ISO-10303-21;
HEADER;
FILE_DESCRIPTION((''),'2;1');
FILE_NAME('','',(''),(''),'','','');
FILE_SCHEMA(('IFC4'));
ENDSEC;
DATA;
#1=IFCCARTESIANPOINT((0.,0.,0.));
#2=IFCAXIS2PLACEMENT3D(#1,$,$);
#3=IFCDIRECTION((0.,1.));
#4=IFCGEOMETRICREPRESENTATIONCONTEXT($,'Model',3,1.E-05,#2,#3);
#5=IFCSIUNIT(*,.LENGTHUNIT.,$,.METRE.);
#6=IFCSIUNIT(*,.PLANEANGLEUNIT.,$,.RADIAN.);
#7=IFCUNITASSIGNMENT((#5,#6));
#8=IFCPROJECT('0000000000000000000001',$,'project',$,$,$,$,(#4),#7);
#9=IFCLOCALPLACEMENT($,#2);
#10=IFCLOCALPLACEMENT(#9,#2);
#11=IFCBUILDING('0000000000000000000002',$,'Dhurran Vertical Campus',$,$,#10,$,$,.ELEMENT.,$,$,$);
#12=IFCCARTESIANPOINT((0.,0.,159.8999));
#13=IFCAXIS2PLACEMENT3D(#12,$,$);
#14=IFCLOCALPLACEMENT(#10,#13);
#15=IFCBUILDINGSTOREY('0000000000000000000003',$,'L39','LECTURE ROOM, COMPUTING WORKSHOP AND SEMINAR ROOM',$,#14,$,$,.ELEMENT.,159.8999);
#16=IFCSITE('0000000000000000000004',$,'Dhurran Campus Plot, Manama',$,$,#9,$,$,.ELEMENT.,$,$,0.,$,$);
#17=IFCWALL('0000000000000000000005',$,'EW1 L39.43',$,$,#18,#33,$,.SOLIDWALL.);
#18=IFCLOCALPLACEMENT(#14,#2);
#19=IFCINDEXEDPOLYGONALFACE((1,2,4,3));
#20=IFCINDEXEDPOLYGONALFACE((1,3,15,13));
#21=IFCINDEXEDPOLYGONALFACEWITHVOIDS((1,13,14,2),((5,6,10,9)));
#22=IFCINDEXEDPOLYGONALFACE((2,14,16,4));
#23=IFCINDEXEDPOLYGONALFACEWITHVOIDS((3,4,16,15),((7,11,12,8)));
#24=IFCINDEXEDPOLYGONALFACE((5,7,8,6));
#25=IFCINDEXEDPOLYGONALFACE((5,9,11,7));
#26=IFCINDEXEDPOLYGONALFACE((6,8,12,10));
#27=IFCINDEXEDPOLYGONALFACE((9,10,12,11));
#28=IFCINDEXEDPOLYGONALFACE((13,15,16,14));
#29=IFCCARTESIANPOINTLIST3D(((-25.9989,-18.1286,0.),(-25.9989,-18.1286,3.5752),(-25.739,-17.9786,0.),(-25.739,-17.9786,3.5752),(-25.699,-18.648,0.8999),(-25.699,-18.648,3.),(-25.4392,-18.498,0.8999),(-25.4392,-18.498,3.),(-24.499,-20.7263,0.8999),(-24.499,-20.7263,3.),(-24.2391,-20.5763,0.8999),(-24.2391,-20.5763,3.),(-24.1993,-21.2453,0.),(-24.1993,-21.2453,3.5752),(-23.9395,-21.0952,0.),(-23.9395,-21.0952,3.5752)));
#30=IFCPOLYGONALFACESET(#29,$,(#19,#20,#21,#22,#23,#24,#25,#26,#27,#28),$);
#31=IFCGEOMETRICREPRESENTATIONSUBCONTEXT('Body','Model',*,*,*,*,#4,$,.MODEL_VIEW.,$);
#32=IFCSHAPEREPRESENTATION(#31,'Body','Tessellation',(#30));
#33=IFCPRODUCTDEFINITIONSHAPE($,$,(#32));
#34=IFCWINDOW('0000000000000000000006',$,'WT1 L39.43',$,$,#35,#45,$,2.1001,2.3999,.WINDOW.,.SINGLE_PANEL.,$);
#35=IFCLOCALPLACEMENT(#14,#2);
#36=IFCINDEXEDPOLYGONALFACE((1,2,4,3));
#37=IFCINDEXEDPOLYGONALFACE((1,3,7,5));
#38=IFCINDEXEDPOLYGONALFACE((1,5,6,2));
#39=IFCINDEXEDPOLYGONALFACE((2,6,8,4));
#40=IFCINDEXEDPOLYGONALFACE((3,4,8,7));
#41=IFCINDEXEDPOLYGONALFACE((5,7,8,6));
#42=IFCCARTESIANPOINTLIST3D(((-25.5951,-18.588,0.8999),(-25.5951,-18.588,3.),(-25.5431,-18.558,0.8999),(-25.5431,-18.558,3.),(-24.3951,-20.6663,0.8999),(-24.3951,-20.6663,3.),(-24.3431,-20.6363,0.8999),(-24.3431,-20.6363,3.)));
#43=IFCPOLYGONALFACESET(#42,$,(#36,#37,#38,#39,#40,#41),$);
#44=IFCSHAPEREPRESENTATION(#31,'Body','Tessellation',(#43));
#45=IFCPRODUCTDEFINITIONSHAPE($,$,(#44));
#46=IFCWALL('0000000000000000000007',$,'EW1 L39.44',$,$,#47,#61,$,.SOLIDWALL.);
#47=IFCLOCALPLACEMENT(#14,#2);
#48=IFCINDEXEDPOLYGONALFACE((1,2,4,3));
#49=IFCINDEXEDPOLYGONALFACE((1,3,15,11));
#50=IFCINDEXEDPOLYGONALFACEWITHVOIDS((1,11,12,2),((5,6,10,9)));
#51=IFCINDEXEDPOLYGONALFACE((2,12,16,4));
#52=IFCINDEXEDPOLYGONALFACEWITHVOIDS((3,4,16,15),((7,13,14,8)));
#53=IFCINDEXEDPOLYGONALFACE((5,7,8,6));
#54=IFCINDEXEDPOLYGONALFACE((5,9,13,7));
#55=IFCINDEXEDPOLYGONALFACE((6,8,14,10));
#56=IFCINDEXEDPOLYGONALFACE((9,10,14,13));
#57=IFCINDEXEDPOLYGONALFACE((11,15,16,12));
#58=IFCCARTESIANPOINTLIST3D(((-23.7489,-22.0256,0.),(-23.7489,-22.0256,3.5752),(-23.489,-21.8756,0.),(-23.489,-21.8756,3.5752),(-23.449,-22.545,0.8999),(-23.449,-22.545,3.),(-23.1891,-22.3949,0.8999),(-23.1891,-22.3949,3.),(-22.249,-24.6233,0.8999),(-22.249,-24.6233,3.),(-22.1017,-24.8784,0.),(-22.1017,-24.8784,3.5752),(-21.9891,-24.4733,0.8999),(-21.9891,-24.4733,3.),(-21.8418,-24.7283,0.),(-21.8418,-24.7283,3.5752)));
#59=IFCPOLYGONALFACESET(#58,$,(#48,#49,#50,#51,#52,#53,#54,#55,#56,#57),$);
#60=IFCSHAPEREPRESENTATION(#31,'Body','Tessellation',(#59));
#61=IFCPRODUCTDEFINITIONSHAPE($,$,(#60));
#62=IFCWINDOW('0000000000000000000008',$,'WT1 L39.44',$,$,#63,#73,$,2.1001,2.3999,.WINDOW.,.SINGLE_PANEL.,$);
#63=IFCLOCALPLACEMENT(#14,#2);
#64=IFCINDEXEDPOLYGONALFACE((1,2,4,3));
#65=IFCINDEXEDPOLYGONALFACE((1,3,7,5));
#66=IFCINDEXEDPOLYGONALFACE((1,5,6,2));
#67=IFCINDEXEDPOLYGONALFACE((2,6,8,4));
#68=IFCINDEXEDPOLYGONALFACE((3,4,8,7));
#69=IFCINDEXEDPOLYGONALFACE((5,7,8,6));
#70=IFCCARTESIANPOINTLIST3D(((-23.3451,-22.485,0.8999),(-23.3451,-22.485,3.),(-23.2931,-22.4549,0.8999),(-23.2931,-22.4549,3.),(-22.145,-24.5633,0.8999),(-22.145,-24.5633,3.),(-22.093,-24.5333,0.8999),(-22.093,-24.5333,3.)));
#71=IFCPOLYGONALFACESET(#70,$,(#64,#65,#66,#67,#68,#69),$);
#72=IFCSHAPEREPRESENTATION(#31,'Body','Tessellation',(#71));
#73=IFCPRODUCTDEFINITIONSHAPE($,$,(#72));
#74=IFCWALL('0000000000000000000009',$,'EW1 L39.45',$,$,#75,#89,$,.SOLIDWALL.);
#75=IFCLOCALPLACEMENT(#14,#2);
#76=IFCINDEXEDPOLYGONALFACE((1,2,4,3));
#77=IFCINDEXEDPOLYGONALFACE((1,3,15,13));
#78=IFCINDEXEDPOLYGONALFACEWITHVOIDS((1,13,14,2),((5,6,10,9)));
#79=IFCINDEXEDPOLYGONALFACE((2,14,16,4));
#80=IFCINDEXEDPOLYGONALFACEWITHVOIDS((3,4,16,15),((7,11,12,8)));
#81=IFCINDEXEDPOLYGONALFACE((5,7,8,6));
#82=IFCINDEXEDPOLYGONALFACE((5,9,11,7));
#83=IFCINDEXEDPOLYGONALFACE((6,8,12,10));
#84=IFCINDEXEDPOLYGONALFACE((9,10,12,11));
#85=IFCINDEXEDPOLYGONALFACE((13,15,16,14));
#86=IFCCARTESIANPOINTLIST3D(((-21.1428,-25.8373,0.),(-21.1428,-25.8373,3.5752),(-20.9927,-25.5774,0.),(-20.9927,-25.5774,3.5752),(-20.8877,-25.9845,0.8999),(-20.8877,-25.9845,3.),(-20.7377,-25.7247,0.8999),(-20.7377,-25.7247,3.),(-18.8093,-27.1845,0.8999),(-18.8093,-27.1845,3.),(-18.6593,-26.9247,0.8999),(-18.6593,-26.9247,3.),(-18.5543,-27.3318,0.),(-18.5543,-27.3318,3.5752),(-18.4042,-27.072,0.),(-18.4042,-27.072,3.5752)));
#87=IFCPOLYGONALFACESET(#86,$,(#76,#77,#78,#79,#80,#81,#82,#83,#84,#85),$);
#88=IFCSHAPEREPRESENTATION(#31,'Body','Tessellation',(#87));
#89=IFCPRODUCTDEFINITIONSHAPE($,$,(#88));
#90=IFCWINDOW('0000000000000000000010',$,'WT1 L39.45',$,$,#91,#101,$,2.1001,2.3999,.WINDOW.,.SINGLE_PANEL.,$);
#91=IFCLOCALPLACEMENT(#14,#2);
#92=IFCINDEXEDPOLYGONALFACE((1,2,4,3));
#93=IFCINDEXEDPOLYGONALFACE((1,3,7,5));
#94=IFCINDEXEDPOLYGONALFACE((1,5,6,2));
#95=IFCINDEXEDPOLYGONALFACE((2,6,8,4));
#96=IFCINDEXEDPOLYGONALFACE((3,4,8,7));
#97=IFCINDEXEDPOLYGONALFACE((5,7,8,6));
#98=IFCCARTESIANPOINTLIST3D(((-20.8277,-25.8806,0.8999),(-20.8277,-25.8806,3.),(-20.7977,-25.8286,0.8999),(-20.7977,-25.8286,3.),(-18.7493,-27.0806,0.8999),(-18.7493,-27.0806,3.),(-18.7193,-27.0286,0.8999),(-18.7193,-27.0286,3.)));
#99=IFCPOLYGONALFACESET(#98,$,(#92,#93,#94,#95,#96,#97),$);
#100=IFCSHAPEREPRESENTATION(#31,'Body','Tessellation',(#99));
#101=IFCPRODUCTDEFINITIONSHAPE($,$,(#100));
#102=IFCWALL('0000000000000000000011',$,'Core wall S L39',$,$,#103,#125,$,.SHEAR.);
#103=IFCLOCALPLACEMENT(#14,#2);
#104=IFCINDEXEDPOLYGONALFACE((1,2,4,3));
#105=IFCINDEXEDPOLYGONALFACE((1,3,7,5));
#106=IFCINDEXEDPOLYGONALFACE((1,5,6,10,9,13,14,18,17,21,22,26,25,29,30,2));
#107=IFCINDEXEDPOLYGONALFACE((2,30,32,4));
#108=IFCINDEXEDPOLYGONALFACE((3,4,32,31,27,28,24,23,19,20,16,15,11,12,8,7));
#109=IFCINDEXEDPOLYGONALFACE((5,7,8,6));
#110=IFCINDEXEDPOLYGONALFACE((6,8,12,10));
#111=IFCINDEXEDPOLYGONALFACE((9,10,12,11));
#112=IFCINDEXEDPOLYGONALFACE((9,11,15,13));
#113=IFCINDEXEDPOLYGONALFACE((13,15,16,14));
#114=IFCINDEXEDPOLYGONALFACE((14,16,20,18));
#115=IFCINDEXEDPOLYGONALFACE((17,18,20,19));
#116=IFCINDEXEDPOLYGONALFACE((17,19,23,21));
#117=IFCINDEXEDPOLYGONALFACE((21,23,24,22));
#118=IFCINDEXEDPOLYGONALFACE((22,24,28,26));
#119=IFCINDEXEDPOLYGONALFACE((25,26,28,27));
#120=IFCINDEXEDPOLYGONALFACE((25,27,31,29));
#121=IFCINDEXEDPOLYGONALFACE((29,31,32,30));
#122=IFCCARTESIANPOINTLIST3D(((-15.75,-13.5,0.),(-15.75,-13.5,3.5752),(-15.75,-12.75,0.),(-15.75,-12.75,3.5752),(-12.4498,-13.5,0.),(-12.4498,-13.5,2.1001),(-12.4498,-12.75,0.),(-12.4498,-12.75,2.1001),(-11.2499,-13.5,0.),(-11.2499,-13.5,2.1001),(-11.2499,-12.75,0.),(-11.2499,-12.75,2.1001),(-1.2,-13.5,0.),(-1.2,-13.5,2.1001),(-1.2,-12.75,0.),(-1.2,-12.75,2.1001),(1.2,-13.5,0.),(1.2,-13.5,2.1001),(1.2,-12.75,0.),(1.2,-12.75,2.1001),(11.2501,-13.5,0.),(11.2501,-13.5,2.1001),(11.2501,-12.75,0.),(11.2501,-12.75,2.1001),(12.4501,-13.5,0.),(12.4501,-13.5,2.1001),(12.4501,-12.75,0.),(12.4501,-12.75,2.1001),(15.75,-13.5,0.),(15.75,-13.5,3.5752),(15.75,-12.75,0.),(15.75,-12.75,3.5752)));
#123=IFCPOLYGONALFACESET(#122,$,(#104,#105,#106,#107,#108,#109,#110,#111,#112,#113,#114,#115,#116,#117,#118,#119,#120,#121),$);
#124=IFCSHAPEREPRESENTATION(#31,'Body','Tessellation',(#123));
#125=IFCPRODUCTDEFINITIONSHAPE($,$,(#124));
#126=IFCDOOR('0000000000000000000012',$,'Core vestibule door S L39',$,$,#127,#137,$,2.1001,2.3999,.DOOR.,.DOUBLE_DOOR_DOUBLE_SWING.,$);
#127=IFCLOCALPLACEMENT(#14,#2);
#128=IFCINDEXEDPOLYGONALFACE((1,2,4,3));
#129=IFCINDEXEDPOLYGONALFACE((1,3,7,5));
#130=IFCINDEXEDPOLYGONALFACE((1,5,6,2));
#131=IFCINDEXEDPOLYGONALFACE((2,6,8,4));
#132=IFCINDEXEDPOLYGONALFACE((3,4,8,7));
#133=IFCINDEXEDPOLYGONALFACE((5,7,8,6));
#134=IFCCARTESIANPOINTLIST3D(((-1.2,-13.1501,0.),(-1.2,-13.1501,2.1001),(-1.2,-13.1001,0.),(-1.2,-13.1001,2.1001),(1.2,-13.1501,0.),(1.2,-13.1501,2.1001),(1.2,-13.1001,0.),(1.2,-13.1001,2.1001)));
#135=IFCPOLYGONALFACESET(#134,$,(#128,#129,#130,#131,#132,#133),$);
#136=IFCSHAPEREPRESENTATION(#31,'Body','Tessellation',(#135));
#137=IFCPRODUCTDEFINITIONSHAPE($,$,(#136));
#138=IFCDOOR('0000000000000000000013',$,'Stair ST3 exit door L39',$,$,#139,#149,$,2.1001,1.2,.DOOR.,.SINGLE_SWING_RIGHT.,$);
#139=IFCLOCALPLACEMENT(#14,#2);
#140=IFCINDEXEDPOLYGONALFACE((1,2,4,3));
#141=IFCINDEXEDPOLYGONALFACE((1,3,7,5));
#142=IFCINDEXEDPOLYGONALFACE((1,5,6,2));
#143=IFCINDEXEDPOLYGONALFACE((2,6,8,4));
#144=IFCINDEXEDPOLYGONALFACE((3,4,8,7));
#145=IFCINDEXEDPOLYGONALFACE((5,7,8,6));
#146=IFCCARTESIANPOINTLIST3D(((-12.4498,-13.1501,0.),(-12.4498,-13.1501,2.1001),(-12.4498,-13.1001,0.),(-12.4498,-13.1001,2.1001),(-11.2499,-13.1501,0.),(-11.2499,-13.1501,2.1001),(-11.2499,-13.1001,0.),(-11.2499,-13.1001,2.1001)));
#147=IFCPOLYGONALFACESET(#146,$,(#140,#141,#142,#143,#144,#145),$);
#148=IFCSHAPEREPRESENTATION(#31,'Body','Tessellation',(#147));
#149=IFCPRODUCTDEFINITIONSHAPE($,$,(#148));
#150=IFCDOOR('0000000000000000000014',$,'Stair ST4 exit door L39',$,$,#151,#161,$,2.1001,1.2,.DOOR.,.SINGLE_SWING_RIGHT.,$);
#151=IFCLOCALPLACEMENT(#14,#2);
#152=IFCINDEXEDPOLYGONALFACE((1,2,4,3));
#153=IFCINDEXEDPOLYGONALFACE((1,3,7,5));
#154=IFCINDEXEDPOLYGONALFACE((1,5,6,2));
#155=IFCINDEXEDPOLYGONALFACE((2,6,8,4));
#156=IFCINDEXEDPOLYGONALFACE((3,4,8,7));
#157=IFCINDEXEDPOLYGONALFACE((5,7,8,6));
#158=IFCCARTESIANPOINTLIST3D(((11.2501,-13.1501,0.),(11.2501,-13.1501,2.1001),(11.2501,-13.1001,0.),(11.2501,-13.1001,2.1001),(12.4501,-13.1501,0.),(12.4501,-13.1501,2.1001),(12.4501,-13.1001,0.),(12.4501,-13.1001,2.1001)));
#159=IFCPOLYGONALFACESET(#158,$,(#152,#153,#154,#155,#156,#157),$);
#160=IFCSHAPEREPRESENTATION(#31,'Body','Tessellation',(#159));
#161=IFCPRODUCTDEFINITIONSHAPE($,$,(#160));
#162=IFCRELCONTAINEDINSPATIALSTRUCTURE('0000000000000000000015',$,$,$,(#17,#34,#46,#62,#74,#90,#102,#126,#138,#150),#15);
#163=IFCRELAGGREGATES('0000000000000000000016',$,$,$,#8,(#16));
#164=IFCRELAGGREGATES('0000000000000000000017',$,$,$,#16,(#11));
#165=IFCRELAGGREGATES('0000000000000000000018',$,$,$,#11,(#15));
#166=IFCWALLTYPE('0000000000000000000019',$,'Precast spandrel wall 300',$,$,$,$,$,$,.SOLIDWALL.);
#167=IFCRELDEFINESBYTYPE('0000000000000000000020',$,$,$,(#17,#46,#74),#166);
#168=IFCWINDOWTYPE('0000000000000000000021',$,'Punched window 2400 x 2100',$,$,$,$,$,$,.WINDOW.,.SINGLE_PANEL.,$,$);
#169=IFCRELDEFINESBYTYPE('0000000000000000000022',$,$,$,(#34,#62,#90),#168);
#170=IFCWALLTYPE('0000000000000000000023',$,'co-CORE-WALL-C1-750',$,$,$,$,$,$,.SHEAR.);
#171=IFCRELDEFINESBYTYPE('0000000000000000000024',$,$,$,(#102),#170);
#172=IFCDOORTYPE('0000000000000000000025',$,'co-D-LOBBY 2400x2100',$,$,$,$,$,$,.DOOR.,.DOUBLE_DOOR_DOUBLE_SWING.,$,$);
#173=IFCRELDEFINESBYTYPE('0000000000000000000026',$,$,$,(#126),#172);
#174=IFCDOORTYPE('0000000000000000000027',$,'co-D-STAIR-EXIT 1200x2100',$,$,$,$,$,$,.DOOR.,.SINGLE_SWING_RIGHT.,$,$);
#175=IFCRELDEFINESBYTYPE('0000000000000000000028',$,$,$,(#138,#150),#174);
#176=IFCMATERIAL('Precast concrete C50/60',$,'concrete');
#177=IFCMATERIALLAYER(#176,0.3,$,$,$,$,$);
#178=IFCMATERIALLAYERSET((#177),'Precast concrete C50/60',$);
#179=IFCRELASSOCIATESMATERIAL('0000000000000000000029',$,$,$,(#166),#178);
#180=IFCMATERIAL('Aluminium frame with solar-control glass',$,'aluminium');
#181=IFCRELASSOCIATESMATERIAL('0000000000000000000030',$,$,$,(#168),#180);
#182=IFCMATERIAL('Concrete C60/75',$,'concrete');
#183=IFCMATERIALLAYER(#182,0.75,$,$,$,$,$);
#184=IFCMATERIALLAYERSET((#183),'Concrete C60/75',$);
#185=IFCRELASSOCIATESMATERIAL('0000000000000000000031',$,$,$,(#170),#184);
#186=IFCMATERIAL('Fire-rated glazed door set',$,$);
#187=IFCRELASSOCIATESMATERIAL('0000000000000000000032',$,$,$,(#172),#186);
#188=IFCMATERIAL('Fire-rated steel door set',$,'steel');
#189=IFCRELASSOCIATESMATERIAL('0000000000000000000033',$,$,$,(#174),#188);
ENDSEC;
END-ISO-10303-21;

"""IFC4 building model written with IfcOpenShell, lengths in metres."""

from ifc_helpers import new_model, si_unit, direction, frame, frame_2d, origin, place, context, subcontext, project, spatial, rectangle, extrude, material, layer, layer_set, type_object, element, fill, save


model = new_model("IFC4")

# Units and contexts
model_context = context("Model", 3, precision=1e-05, world=origin(), true_north=direction((0.0, 1.0)))
body_context = subcontext(model_context, "Body", "Model", "MODEL_VIEW")
ifc_project = project(units=[si_unit("LENGTHUNIT", "METRE"), si_unit("PLANEANGLEUNIT", "RADIAN")], contexts=[model_context])

# Site, building, storey
site_placement = place(None, origin())
site = spatial("IfcSite", under=ifc_project, at=site_placement, Name="Dhurran Campus Plot, Manama", CompositionType="ELEMENT", RefElevation=0.0)
building_placement = place(site_placement, origin())
building = spatial("IfcBuilding", under=site, at=building_placement, Name="Dhurran Vertical Campus", CompositionType="ELEMENT")
storey_placement = place(building_placement, frame((0.0, 0.0, 159.8999)))
storey = spatial("IfcBuildingStorey", under=building, at=storey_placement, Name="L39", Description="LECTURE ROOM, COMPUTING WORKSHOP AND SEMINAR ROOM", CompositionType="ELEMENT", Elevation=159.8999)

# Walls, openings, windows
ifc_material_1 = material(Name="Precast concrete C50/60", Category="concrete")
ifc_layer_1 = layer(ifc_material_1, 0.3)
ifc_layer_set_1 = layer_set([ifc_layer_1], Name="Precast concrete C50/60")
wall_type_1 = type_object("IfcWallType", Name="Precast spandrel wall 300", PredefinedType="SOLIDWALL", material=ifc_layer_set_1)
ifc_material_2 = material(Name="Aluminium frame with solar-control glass", Category="aluminium")
window_type = type_object("IfcWindowType", Name="Punched window 2400 x 2100", PartitioningType="SINGLE_PANEL", PredefinedType="WINDOW", material=ifc_material_2)
wall_1_placement = place(storey_placement, frame((-25.8689, -18.0537, 0.0), z_axis=(0.0, 0.0, 1.0), x_axis=(0.500028, -0.866009, 0.0)))
wall_1 = element("IfcWall", 1, at=wall_1_placement, inside=storey, type_object=wall_type_1, Name="EW1 L39.43", PredefinedType="SOLIDWALL", context=body_context, shape_type="SweptSolid", body=[
    extrude(rectangle(XDim=3.5989, YDim=0.3, at=frame_2d((1.7993, 0.0))), origin(), (0.0, 0.0, 1.0), 3.5752),
])
opening_1_placement = place(wall_1_placement, frame((0.5996, 0.0, 0.8999)))
opening_1 = element("IfcOpeningElement", 2, at=opening_1_placement, cuts=wall_1, PredefinedType="OPENING", context=body_context, shape_type="SweptSolid", body=[
    extrude(rectangle(XDim=2.3999, YDim=2.1001, at=frame_2d((1.2, 1.05))), frame((0.0, 0.1599, 0.0), z_axis=(0.0, -1.0, 0.0), x_axis=(1.0, 0.0, 0.0)), (0.0, 0.0, 1.0), 0.3201),
])
window_1_placement = place(opening_1_placement, origin())
window_1 = element("IfcWindow", 3, at=window_1_placement, inside=storey, type_object=window_type, Name="WT1 L39.43", OverallHeight=2.1001, OverallWidth=2.3999, PartitioningType="SINGLE_PANEL", PredefinedType="WINDOW", context=body_context, shape_type="SweptSolid", body=[
    extrude(rectangle(XDim=2.3999, YDim=2.1001, at=frame_2d((1.2, 1.05))), frame((0.0, 0.03, 0.0), z_axis=(0.0, -1.0, 0.0), x_axis=(1.0, 0.0, 0.0)), (0.0, 0.0, 1.0), 0.0601),
])
fill(opening_1, window_1)
wall_2_placement = place(storey_placement, frame((-23.6189, -21.9507, 0.0), z_axis=(0.0, 0.0, 1.0), x_axis=(0.500037, -0.866004, 0.0)))
wall_2 = element("IfcWall", 4, at=wall_2_placement, inside=storey, type_object=wall_type_1, Name="EW1 L39.44", PredefinedType="SOLIDWALL", context=body_context, shape_type="SweptSolid", body=[
    extrude(rectangle(XDim=3.2942, YDim=0.3, at=frame_2d((1.647, 0.0))), origin(), (0.0, 0.0, 1.0), 3.5752),
])
opening_2_placement = place(wall_2_placement, frame((0.5996, 0.0, 0.8999)))
opening_2 = element("IfcOpeningElement", 5, at=opening_2_placement, cuts=wall_2, PredefinedType="OPENING", context=body_context, shape_type="SweptSolid", body=[
    extrude(rectangle(XDim=2.3999, YDim=2.1001, at=frame_2d((1.2, 1.05))), frame((0.0, 0.1599, 0.0), z_axis=(0.0, -1.0, 0.0), x_axis=(1.0, 0.0, 0.0)), (0.0, 0.0, 1.0), 0.3201),
])
window_2_placement = place(opening_2_placement, origin())
window_2 = element("IfcWindow", 6, at=window_2_placement, inside=storey, type_object=window_type, Name="WT1 L39.44", OverallHeight=2.1001, OverallWidth=2.3999, PartitioningType="SINGLE_PANEL", PredefinedType="WINDOW", context=body_context, shape_type="SweptSolid", body=[
    extrude(rectangle(XDim=2.3999, YDim=2.1001, at=frame_2d((1.2, 1.05))), frame((0.0, 0.03, 0.0), z_axis=(0.0, -1.0, 0.0), x_axis=(1.0, 0.0, 0.0)), (0.0, 0.0, 1.0), 0.0601),
])
fill(opening_2, window_2)
wall_3_placement = place(storey_placement, frame((-21.0679, -25.7073, 0.0), z_axis=(0.0, 0.0, 1.0), x_axis=(0.866013, -0.500022, 0.0)))
wall_3 = element("IfcWall", 7, at=wall_3_placement, inside=storey, type_object=wall_type_1, Name="EW1 L39.45", PredefinedType="SOLIDWALL", context=body_context, shape_type="SweptSolid", body=[
    extrude(rectangle(XDim=2.989, YDim=0.3, at=frame_2d((1.4946, 0.0))), origin(), (0.0, 0.0, 1.0), 3.5752),
])
opening_3_placement = place(wall_3_placement, frame((0.2947, 0.0, 0.8999)))
opening_3 = element("IfcOpeningElement", 8, at=opening_3_placement, cuts=wall_3, PredefinedType="OPENING", context=body_context, shape_type="SweptSolid", body=[
    extrude(rectangle(XDim=2.3999, YDim=2.1001, at=frame_2d((1.2, 1.05))), frame((0.0, 0.1599, 0.0), z_axis=(0.0, -1.0, 0.0), x_axis=(1.0, 0.0, 0.0)), (0.0, 0.0, 1.0), 0.3201),
])
window_3_placement = place(opening_3_placement, origin())
window_3 = element("IfcWindow", 9, at=window_3_placement, inside=storey, type_object=window_type, Name="WT1 L39.45", OverallHeight=2.1001, OverallWidth=2.3999, PartitioningType="SINGLE_PANEL", PredefinedType="WINDOW", context=body_context, shape_type="SweptSolid", body=[
    extrude(rectangle(XDim=2.3999, YDim=2.1001, at=frame_2d((1.2, 1.05))), frame((0.0, 0.03, 0.0), z_axis=(0.0, -1.0, 0.0), x_axis=(1.0, 0.0, 0.0)), (0.0, 0.0, 1.0), 0.0601),
])
fill(opening_3, window_3)

# Wall, openings, doors
ifc_material_3 = material(Name="Concrete C60/75", Category="concrete")
ifc_layer_2 = layer(ifc_material_3, 0.75)
ifc_layer_set_2 = layer_set([ifc_layer_2], Name="Concrete C60/75")
wall_type_2 = type_object("IfcWallType", Name="co-CORE-WALL-C1-750", PredefinedType="SHEAR", material=ifc_layer_set_2)
wall_4_placement = place(storey_placement, frame((-15.75, -13.125, 0.0), z_axis=(0.0, 0.0, 1.0), x_axis=(1.0, 0.0, 0.0)))
wall_4 = element("IfcWall", 10, at=wall_4_placement, inside=storey, type_object=wall_type_2, Name="Core wall S L39", PredefinedType="SHEAR", context=body_context, shape_type="SweptSolid", body=[
    extrude(rectangle(XDim=31.5, YDim=0.75, at=frame_2d((15.75, 0.0))), origin(), (0.0, 0.0, 1.0), 3.5752),
])
opening_4_placement = place(wall_4_placement, frame((14.55, 0.0, 0.0)))
opening_4 = element("IfcOpeningElement", 11, at=opening_4_placement, cuts=wall_4, PredefinedType="OPENING", context=body_context, shape_type="SweptSolid", body=[
    extrude(rectangle(XDim=2.3999, YDim=2.1001, at=frame_2d((1.2, 1.05))), frame((0.0, 0.385, 0.0), z_axis=(0.0, -1.0, 0.0), x_axis=(1.0, 0.0, 0.0)), (0.0, 0.0, 1.0), 0.77),
])
opening_5_placement = place(wall_4_placement, frame((3.3, 0.0, 0.0)))
opening_5 = element("IfcOpeningElement", 12, at=opening_5_placement, cuts=wall_4, PredefinedType="OPENING", context=body_context, shape_type="SweptSolid", body=[
    extrude(rectangle(XDim=1.2, YDim=2.1001, at=frame_2d((0.6001, 1.05))), frame((0.0, 0.385, 0.0), z_axis=(0.0, -1.0, 0.0), x_axis=(1.0, 0.0, 0.0)), (0.0, 0.0, 1.0), 0.77),
])
opening_6_placement = place(wall_4_placement, frame((27.0, 0.0, 0.0)))
opening_6 = element("IfcOpeningElement", 13, at=opening_6_placement, cuts=wall_4, PredefinedType="OPENING", context=body_context, shape_type="SweptSolid", body=[
    extrude(rectangle(XDim=1.2, YDim=2.1001, at=frame_2d((0.6001, 1.05))), frame((0.0, 0.385, 0.0), z_axis=(0.0, -1.0, 0.0), x_axis=(1.0, 0.0, 0.0)), (0.0, 0.0, 1.0), 0.77),
])
ifc_material_4 = material(Name="Fire-rated glazed door set")
door_type_1 = type_object("IfcDoorType", Name="co-D-LOBBY 2400x2100", OperationType="DOUBLE_DOOR_DOUBLE_SWING", PredefinedType="DOOR", material=ifc_material_4)
door_1_placement = place(opening_4_placement, origin())
door_1 = element("IfcDoor", 14, at=door_1_placement, inside=storey, type_object=door_type_1, Name="Core vestibule door S L39", OperationType="DOUBLE_DOOR_DOUBLE_SWING", OverallHeight=2.1001, OverallWidth=2.3999, PredefinedType="DOOR", context=body_context, shape_type="SweptSolid", body=[
    extrude(rectangle(XDim=2.3999, YDim=2.1001, at=frame_2d((1.2, 1.05))), frame((0.0, 0.0249, 0.0), z_axis=(0.0, -1.0, 0.0), x_axis=(1.0, 0.0, 0.0)), (0.0, 0.0, 1.0), 0.05),
])
fill(opening_4, door_1)
ifc_material_5 = material(Name="Fire-rated steel door set", Category="steel")
door_type_2 = type_object("IfcDoorType", Name="co-D-STAIR-EXIT 1200x2100", OperationType="SINGLE_SWING_RIGHT", PredefinedType="DOOR", material=ifc_material_5)
door_2_placement = place(opening_5_placement, origin())
door_2 = element("IfcDoor", 15, at=door_2_placement, inside=storey, type_object=door_type_2, Name="Stair ST3 exit door L39", OperationType="SINGLE_SWING_RIGHT", OverallHeight=2.1001, OverallWidth=1.2, PredefinedType="DOOR", context=body_context, shape_type="SweptSolid", body=[
    extrude(rectangle(XDim=1.2, YDim=2.1001, at=frame_2d((0.6001, 1.05))), frame((0.0, 0.0249, 0.0), z_axis=(0.0, -1.0, 0.0), x_axis=(1.0, 0.0, 0.0)), (0.0, 0.0, 1.0), 0.05),
])
fill(opening_5, door_2)
door_3_placement = place(opening_6_placement, origin())
door_3 = element("IfcDoor", 16, at=door_3_placement, inside=storey, type_object=door_type_2, Name="Stair ST4 exit door L39", OperationType="SINGLE_SWING_RIGHT", OverallHeight=2.1001, OverallWidth=1.2, PredefinedType="DOOR", context=body_context, shape_type="SweptSolid", body=[
    extrude(rectangle(XDim=1.2, YDim=2.1001, at=frame_2d((0.6001, 1.05))), frame((0.0, 0.0249, 0.0), z_axis=(0.0, -1.0, 0.0), x_axis=(1.0, 0.0, 0.0)), (0.0, 0.0, 1.0), 0.05),
])
fill(opening_6, door_3)

save(model, "model.ifc")
